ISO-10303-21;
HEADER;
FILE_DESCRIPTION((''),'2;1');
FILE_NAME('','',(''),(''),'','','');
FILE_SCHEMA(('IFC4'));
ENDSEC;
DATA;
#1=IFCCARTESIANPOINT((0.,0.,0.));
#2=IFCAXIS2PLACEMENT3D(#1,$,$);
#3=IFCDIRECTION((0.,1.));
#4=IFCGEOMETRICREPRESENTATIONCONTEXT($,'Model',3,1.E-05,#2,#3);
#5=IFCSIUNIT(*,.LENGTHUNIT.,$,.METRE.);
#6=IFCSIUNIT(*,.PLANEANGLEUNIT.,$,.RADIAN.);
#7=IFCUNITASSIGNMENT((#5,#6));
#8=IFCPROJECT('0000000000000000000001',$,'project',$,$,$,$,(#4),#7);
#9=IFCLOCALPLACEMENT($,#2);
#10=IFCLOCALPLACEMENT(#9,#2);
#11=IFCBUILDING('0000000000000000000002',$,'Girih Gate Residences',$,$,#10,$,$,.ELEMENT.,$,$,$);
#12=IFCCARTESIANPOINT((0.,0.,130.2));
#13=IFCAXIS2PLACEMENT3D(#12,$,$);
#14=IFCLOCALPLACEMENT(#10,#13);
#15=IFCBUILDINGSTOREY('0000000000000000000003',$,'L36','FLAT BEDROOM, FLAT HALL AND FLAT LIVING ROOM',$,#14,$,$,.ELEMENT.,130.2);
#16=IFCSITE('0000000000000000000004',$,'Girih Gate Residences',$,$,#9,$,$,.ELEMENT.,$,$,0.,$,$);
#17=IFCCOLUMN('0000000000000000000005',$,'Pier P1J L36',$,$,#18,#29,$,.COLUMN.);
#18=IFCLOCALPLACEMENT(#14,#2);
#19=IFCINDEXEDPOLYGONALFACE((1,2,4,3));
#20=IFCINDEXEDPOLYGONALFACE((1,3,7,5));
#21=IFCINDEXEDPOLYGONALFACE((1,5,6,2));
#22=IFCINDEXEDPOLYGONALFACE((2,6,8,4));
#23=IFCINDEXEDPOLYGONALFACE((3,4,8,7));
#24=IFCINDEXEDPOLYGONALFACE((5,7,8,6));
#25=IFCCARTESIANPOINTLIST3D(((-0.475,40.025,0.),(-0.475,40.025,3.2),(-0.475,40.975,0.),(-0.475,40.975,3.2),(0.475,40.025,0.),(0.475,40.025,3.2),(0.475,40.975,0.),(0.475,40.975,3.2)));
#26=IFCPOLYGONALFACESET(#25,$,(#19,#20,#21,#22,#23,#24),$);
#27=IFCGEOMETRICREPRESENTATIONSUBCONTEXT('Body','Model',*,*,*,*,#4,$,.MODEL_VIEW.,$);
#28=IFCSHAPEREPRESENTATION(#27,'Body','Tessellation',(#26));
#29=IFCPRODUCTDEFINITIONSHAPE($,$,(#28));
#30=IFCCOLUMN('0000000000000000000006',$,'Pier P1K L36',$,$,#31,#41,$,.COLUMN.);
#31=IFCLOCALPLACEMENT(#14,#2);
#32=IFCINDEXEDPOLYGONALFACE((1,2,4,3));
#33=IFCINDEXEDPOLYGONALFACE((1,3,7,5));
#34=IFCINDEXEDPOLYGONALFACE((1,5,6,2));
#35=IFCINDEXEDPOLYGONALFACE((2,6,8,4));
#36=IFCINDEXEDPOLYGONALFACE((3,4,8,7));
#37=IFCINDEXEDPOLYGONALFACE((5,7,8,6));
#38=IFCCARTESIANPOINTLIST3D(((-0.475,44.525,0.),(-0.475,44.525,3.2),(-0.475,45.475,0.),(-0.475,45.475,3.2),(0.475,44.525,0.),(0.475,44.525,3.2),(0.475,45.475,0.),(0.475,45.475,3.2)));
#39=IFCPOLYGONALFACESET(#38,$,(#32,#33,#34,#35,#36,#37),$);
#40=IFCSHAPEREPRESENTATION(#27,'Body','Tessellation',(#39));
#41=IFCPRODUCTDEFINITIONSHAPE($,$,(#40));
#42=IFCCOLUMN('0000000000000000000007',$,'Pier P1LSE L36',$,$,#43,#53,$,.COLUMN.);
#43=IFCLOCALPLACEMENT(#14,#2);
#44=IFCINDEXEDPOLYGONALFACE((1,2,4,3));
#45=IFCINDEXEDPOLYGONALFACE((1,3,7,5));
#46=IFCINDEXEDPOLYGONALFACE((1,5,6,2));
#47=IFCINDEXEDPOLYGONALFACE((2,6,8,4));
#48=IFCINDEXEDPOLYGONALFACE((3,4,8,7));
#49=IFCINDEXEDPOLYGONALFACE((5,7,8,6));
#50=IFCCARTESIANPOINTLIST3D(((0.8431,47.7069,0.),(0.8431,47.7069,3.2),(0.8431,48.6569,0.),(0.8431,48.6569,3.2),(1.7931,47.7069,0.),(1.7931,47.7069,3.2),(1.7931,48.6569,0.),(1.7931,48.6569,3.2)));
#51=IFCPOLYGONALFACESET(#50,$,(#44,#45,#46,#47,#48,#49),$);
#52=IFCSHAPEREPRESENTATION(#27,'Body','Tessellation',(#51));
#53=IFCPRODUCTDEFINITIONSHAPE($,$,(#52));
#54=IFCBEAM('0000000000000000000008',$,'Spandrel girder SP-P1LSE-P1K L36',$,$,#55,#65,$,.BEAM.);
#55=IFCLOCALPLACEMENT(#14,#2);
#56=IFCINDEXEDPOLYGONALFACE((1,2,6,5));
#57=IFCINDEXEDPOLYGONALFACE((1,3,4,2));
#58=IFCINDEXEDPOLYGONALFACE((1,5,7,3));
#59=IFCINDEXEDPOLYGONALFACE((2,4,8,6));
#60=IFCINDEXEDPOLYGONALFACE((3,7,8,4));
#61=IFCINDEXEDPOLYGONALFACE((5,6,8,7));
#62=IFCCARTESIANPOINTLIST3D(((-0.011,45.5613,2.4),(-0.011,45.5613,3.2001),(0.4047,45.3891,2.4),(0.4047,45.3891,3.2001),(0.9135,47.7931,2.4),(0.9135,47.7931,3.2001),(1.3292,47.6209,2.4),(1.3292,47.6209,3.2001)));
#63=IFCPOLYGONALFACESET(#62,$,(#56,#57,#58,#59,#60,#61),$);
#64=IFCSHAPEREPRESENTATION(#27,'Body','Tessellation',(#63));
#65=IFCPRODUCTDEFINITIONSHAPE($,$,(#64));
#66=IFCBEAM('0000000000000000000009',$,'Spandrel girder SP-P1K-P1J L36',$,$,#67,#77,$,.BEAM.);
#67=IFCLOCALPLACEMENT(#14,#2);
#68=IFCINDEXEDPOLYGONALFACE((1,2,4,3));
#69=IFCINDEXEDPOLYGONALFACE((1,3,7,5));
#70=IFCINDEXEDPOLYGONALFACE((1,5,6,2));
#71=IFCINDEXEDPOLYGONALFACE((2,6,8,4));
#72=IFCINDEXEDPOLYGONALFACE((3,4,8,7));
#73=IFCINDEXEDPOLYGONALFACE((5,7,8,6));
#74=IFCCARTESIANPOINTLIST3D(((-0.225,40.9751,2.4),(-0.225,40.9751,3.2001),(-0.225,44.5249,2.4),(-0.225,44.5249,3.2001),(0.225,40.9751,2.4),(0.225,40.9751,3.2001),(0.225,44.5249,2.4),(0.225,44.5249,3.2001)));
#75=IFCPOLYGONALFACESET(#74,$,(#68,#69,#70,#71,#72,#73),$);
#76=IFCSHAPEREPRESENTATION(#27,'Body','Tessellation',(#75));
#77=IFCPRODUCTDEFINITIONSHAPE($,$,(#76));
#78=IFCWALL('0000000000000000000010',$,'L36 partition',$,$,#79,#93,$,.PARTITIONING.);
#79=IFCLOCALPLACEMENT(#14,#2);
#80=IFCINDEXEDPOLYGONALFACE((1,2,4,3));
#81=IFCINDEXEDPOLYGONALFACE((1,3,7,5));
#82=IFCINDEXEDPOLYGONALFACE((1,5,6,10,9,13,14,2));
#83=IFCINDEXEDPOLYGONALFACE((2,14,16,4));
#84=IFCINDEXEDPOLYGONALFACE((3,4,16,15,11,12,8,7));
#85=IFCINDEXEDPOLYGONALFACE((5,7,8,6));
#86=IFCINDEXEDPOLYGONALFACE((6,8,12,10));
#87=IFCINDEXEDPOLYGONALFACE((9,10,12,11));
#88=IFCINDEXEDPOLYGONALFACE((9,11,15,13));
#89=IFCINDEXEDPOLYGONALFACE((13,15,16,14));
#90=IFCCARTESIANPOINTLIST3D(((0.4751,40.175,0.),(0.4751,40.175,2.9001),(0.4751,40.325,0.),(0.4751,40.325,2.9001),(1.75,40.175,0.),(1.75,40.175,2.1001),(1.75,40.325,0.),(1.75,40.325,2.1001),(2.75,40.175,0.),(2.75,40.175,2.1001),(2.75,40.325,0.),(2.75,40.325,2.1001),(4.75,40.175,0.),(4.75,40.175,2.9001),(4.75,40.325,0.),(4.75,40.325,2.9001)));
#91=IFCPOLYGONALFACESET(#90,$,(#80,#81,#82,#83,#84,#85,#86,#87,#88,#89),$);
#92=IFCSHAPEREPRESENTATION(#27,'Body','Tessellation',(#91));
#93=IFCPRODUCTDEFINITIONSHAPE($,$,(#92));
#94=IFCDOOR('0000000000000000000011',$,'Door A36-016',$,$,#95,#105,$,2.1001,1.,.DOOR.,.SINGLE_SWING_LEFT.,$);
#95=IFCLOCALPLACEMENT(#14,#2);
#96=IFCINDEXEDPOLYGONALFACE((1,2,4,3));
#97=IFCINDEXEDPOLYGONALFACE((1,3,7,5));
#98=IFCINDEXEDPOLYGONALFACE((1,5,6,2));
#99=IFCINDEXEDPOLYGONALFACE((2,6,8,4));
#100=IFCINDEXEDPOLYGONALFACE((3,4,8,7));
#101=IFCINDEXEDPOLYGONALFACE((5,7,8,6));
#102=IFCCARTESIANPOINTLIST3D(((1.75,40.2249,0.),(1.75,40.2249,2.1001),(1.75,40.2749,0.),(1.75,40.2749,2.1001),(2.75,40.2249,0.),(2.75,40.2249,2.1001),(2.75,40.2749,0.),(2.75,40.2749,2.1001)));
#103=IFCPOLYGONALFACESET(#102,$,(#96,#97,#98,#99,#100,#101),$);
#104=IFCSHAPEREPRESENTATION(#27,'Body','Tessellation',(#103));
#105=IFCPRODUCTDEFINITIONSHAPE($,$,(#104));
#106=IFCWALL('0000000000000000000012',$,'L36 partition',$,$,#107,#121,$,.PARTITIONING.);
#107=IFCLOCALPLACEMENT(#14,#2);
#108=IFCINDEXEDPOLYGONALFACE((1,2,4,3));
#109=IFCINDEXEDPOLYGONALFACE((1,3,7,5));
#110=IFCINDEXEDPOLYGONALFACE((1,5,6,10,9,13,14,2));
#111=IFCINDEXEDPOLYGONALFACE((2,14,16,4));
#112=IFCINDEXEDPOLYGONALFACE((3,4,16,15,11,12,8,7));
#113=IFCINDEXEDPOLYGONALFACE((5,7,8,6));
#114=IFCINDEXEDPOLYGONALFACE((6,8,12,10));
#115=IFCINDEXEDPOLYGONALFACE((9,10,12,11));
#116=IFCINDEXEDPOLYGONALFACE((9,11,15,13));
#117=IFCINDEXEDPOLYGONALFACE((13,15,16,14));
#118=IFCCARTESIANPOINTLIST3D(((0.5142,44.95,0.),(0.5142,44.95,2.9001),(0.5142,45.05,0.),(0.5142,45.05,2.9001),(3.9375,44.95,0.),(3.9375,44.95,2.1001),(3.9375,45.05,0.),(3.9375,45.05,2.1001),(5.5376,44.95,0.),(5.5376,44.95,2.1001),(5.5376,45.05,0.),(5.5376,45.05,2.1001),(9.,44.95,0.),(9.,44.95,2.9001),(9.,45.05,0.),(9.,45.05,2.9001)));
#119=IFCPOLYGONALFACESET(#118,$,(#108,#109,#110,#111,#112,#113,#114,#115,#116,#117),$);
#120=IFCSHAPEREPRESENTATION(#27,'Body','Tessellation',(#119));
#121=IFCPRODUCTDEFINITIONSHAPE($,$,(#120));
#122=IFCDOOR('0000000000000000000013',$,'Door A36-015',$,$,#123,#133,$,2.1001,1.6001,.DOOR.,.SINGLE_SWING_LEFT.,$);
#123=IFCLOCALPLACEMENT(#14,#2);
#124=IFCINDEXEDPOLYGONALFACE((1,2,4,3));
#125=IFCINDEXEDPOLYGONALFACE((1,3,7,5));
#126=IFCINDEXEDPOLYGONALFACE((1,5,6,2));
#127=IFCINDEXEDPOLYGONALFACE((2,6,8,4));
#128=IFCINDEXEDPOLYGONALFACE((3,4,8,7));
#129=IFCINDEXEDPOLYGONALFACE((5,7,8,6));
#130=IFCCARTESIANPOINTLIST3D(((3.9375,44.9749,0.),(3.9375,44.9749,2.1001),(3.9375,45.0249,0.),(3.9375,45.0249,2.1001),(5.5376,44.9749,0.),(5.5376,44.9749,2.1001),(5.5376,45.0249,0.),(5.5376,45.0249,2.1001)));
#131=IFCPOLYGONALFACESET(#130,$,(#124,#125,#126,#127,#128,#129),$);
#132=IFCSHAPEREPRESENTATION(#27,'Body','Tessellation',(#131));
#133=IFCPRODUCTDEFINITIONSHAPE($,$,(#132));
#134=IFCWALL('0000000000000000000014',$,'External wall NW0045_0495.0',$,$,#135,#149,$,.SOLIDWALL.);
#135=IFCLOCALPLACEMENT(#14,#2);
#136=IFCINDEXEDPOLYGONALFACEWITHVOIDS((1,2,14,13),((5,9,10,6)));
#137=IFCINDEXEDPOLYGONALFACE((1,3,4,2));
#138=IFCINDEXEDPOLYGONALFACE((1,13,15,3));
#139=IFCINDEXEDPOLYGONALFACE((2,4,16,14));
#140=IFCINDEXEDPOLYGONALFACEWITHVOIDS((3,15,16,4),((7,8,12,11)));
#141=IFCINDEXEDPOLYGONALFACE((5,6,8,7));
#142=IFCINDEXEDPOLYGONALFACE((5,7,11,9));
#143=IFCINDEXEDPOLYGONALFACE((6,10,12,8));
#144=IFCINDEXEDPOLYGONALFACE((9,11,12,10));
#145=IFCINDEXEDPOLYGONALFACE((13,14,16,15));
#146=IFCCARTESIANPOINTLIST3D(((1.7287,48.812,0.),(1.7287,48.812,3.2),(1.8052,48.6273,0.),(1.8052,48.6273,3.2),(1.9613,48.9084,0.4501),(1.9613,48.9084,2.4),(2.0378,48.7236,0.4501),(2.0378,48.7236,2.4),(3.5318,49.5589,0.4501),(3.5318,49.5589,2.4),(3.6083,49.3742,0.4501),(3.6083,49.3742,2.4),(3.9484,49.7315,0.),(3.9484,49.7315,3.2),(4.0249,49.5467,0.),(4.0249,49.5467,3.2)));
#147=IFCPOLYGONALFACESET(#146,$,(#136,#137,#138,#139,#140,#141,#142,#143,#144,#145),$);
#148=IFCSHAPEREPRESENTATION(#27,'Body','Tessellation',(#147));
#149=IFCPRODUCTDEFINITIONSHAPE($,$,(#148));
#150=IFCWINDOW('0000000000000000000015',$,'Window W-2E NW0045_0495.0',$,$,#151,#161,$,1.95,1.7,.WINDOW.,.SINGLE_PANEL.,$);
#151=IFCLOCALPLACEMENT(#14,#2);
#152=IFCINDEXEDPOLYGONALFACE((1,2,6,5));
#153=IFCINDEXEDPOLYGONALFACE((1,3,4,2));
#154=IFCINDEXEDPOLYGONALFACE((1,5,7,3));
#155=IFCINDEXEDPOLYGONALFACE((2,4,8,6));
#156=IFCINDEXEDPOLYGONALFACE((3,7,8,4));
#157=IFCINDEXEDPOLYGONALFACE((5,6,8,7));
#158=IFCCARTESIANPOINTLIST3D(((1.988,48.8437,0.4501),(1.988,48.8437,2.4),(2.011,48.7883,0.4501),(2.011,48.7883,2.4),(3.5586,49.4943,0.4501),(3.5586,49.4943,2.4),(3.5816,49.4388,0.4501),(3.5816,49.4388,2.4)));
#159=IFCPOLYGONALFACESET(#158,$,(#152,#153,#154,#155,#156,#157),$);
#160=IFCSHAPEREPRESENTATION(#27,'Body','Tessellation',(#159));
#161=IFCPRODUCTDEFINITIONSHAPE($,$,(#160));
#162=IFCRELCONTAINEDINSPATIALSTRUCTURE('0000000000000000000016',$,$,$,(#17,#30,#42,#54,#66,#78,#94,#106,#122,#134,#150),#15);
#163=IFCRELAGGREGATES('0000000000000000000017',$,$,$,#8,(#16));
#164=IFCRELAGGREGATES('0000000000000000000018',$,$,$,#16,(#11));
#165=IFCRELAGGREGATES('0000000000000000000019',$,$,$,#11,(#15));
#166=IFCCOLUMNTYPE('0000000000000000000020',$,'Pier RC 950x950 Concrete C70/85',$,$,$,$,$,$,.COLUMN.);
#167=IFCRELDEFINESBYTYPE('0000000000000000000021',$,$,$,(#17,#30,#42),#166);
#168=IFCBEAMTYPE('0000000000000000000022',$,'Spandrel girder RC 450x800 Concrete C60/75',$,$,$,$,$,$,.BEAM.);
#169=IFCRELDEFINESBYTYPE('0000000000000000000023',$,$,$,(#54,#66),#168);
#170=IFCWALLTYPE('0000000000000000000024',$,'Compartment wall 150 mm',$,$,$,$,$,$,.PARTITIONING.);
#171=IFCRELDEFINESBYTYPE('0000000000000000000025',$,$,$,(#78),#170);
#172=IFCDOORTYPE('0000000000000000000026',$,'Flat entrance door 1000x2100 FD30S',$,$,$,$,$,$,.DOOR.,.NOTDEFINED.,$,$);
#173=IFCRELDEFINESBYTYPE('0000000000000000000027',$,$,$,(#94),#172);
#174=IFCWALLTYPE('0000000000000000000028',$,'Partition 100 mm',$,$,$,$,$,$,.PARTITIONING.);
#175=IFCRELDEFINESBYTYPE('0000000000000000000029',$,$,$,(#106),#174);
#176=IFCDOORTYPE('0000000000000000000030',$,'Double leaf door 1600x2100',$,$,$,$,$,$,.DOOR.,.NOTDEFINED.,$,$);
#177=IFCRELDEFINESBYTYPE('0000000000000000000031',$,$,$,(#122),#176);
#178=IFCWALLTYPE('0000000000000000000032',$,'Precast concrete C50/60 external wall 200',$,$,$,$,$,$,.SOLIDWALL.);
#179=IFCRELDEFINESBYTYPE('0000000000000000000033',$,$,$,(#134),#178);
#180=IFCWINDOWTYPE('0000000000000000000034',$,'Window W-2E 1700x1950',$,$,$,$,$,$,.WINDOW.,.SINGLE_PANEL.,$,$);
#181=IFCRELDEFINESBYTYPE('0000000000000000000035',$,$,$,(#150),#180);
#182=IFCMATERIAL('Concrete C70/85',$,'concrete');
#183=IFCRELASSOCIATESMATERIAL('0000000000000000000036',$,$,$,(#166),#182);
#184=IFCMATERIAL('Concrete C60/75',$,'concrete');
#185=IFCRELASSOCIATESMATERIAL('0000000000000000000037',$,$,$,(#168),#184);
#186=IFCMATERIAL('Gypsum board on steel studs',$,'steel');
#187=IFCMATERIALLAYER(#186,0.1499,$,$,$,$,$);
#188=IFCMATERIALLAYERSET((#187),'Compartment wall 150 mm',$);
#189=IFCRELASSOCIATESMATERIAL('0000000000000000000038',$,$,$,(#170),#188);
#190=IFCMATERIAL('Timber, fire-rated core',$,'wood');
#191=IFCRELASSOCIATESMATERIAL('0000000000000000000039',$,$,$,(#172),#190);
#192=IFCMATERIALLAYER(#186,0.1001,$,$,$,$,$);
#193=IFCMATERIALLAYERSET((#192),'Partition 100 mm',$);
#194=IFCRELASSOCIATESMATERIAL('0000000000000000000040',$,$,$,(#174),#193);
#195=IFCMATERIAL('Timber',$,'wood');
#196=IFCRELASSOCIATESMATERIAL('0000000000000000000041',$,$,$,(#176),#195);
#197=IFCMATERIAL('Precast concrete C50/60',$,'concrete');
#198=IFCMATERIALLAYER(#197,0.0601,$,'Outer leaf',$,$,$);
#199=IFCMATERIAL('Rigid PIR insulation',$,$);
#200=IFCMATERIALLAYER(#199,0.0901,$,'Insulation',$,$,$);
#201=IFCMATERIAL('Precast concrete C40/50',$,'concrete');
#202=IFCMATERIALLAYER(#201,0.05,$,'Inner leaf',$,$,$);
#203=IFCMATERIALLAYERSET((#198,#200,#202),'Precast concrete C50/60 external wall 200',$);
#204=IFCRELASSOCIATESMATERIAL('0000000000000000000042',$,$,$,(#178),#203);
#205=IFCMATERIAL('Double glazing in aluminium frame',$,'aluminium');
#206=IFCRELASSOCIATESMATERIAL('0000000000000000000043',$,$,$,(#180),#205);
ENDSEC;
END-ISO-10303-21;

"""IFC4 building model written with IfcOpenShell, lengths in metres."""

from ifc_helpers import new_model, si_unit, direction, frame, frame_2d, origin, origin_2d, place, context, subcontext, project, spatial, rectangle, extrude, material, layer, layer_set, material_profile, profile_set, type_object, element, fill, save


model = new_model("IFC4")

# Units and contexts
model_context = context("Model", 3, precision=1e-05, world=origin(), true_north=direction((0.0, 1.0)))
body_context = subcontext(model_context, "Body", "Model", "MODEL_VIEW")
ifc_project = project(units=[si_unit("LENGTHUNIT", "METRE"), si_unit("PLANEANGLEUNIT", "RADIAN")], contexts=[model_context])

# Site, building, storey
site_placement = place(None, origin())
site = spatial("IfcSite", under=ifc_project, at=site_placement, Name="Girih Gate Residences", CompositionType="ELEMENT", RefElevation=0.0)
building_placement = place(site_placement, origin())
building = spatial("IfcBuilding", under=site, at=building_placement, Name="Girih Gate Residences", CompositionType="ELEMENT")
storey_placement = place(building_placement, frame((0.0, 0.0, 130.2)))
storey = spatial("IfcBuildingStorey", under=building, at=storey_placement, Name="L36", Description="FLAT BEDROOM, FLAT HALL AND FLAT LIVING ROOM", CompositionType="ELEMENT", Elevation=130.2)

# Columns
ifc_material_1 = material(Name="Concrete C70/85", Category="concrete")
ifc_material_profile_1 = material_profile(ifc_material_1, rectangle(XDim=0.95, YDim=0.95, at=origin_2d()))
ifc_profile_set_1 = profile_set([ifc_material_profile_1], Name="Concrete C70/85")
column_type = type_object("IfcColumnType", Name="Pier RC 950x950 Concrete C70/85", PredefinedType="COLUMN", material=ifc_profile_set_1)
for number, where, z_axis, x_axis, name in (
    (1, (0.0, 40.5, 0.0), (0.0, 0.0, 1.0), (1.0, 0.0, 0.0), "Pier P1J L36"),
    (2, (0.0, 45.0, 0.0), (0.0, 0.0, 1.0), (1.0, 0.0, 0.0), "Pier P1K L36"),
    (3, (1.3181, 48.1819, 0.0), (0.0, 0.0, 1.0), (1.0, 0.0, 0.0), "Pier P1LSE L36"),
):
    element("IfcColumn", number, at=place(storey_placement, frame(where, z_axis=z_axis, x_axis=x_axis)), inside=storey, type_object=column_type, Name=name, PredefinedType="COLUMN", context=body_context, shape_type="SweptSolid", body=[
        extrude(rectangle(XDim=0.95, YDim=0.95, at=origin_2d()), origin(), (0.0, 0.0, 1.0), 3.2),
    ])

# Beams
ifc_material_2 = material(Name="Concrete C60/75", Category="concrete")
ifc_material_profile_2 = material_profile(ifc_material_2, rectangle(XDim=0.45, YDim=0.8, at=origin_2d()))
ifc_profile_set_2 = profile_set([ifc_material_profile_2], Name="Concrete C60/75")
beam_type = type_object("IfcBeamType", Name="Spandrel girder RC 450x800 Concrete C60/75", PredefinedType="BEAM", material=ifc_profile_set_2)
beam_1_placement = place(storey_placement, frame((1.1213, 47.707, 2.8), z_axis=(-0.382706, -0.92387, 0.0), x_axis=(0.92387, -0.382706, 0.0)))
element("IfcBeam", 4, at=beam_1_placement, inside=storey, type_object=beam_type, Name="Spandrel girder SP-P1LSE-P1K L36", PredefinedType="BEAM", context=body_context, shape_type="SweptSolid", body=[
    extrude(rectangle(XDim=0.45, YDim=0.8, at=origin_2d()), origin(), (0.0, 0.0, 1.0), 2.4158),
])
beam_2_placement = place(storey_placement, frame((0.0, 44.5249, 2.8), z_axis=(0.0, -1.0, 0.0), x_axis=(1.0, 0.0, 0.0)))
element("IfcBeam", 5, at=beam_2_placement, inside=storey, type_object=beam_type, Name="Spandrel girder SP-P1K-P1J L36", PredefinedType="BEAM", context=body_context, shape_type="SweptSolid", body=[
    extrude(rectangle(XDim=0.45, YDim=0.8, at=origin_2d()), origin(), (0.0, 0.0, 1.0), 3.5498),
])

# Walls, openings, doors
ifc_material_3 = material(Name="Gypsum board on steel studs", Category="steel")
ifc_layer_1 = layer(ifc_material_3, 0.1499)
ifc_layer_set_1 = layer_set([ifc_layer_1], Name="Compartment wall 150 mm")
wall_type_1 = type_object("IfcWallType", Name="Compartment wall 150 mm", PredefinedType="PARTITIONING", material=ifc_layer_set_1)
wall_1_placement = place(storey_placement, frame((0.4751, 40.25, 0.0), z_axis=(0.0, 0.0, 1.0), x_axis=(1.0, 0.0, 0.0)))
wall_1 = element("IfcWall", 6, at=wall_1_placement, inside=storey, type_object=wall_type_1, Name="L36 partition", PredefinedType="PARTITIONING", context=body_context, shape_type="SweptSolid", body=[
    extrude(rectangle(XDim=4.2749, YDim=0.1499, at=frame_2d((2.1375, 0.0))), origin(), (0.0, 0.0, 1.0), 2.9001),
])
opening_1_placement = place(wall_1_placement, frame((1.2749, 0.0, 0.0)))
opening_1 = element("IfcOpeningElement", 7, at=opening_1_placement, cuts=wall_1, PredefinedType="OPENING", context=body_context, shape_type="SweptSolid", body=[
    extrude(rectangle(XDim=1.0, YDim=2.1001, at=frame_2d((0.5, 1.05))), frame((0.0, 0.085, 0.0), z_axis=(0.0, -1.0, 0.0), x_axis=(1.0, 0.0, 0.0)), (0.0, 0.0, 1.0), 0.1699),
])
ifc_material_4 = material(Name="Timber, fire-rated core", Category="wood")
door_type_1 = type_object("IfcDoorType", Name="Flat entrance door 1000x2100 FD30S", OperationType="NOTDEFINED", PredefinedType="DOOR", material=ifc_material_4)
door_1_placement = place(opening_1_placement, origin())
door_1 = element("IfcDoor", 8, at=door_1_placement, inside=storey, type_object=door_type_1, Name="Door A36-016", OperationType="SINGLE_SWING_LEFT", OverallHeight=2.1001, OverallWidth=1.0, PredefinedType="DOOR", context=body_context, shape_type="SweptSolid", body=[
    extrude(rectangle(XDim=1.0, YDim=2.1001, at=frame_2d((0.5, 1.05))), frame((0.0, 0.0249, 0.0), z_axis=(0.0, -1.0, 0.0), x_axis=(1.0, 0.0, 0.0)), (0.0, 0.0, 1.0), 0.05),
])
fill(opening_1, door_1)
ifc_layer_2 = layer(ifc_material_3, 0.1001)
ifc_layer_set_2 = layer_set([ifc_layer_2], Name="Partition 100 mm")
wall_type_2 = type_object("IfcWallType", Name="Partition 100 mm", PredefinedType="PARTITIONING", material=ifc_layer_set_2)
wall_2_placement = place(storey_placement, frame((0.5142, 45.0, 0.0), z_axis=(0.0, 0.0, 1.0), x_axis=(1.0, 0.0, 0.0)))
wall_2 = element("IfcWall", 9, at=wall_2_placement, inside=storey, type_object=wall_type_2, Name="L36 partition", PredefinedType="PARTITIONING", context=body_context, shape_type="SweptSolid", body=[
    extrude(rectangle(XDim=8.4858, YDim=0.1001, at=frame_2d((4.2429, 0.0))), origin(), (0.0, 0.0, 1.0), 2.9001),
])
opening_2_placement = place(wall_2_placement, frame((3.4233, 0.0, 0.0)))
opening_2 = element("IfcOpeningElement", 10, at=opening_2_placement, cuts=wall_2, PredefinedType="OPENING", context=body_context, shape_type="SweptSolid", body=[
    extrude(rectangle(XDim=1.6001, YDim=2.1001, at=frame_2d((0.8, 1.05))), frame((0.0, 0.0601, 0.0), z_axis=(0.0, -1.0, 0.0), x_axis=(1.0, 0.0, 0.0)), (0.0, 0.0, 1.0), 0.1201),
])
ifc_material_5 = material(Name="Timber", Category="wood")
door_type_2 = type_object("IfcDoorType", Name="Double leaf door 1600x2100", OperationType="NOTDEFINED", PredefinedType="DOOR", material=ifc_material_5)
door_2_placement = place(opening_2_placement, origin())
door_2 = element("IfcDoor", 11, at=door_2_placement, inside=storey, type_object=door_type_2, Name="Door A36-015", OperationType="SINGLE_SWING_LEFT", OverallHeight=2.1001, OverallWidth=1.6001, PredefinedType="DOOR", context=body_context, shape_type="SweptSolid", body=[
    extrude(rectangle(XDim=1.6001, YDim=2.1001, at=frame_2d((0.8, 1.05))), frame((0.0, 0.0249, 0.0), z_axis=(0.0, -1.0, 0.0), x_axis=(1.0, 0.0, 0.0)), (0.0, 0.0, 1.0), 0.05),
])
fill(opening_2, door_2)

# Wall, opening, window
ifc_material_6 = material(Name="Precast concrete C50/60", Category="concrete")
ifc_layer_3 = layer(ifc_material_6, 0.0601, Name="Outer leaf")
ifc_material_7 = material(Name="Rigid PIR insulation")
ifc_layer_4 = layer(ifc_material_7, 0.0901, Name="Insulation")
ifc_material_8 = material(Name="Precast concrete C40/50", Category="concrete")
ifc_layer_5 = layer(ifc_material_8, 0.05, Name="Inner leaf")
ifc_layer_set_3 = layer_set([ifc_layer_3, ifc_layer_4, ifc_layer_5], Name="Precast concrete C50/60 external wall 200")
wall_type_3 = type_object("IfcWallType", Name="Precast concrete C50/60 external wall 200", PredefinedType="SOLIDWALL", material=ifc_layer_set_3)
wall_3_placement = place(storey_placement, frame((1.7671, 48.7197, 0.0), z_axis=(0.0, 0.0, 1.0), x_axis=(0.923881, 0.382681, 0.0)))
wall_3 = element("IfcWall", 12, at=wall_3_placement, inside=storey, type_object=wall_type_3, Name="External wall NW0045_0495.0", PredefinedType="SOLIDWALL", context=body_context, shape_type="SweptSolid", body=[
    extrude(rectangle(XDim=2.4026, YDim=0.2, at=frame_2d((1.2012, 0.0))), origin(), (0.0, 0.0, 1.0), 3.2),
])
opening_3_placement = place(wall_3_placement, frame((0.2515, 0.0, 0.45)))
opening_3 = element("IfcOpeningElement", 13, at=opening_3_placement, cuts=wall_3, PredefinedType="OPENING", context=body_context, shape_type="SweptSolid", body=[
    extrude(rectangle(XDim=1.7, YDim=1.95, at=frame_2d((0.8501, 0.9751))), frame((0.0, 0.1099, 0.0), z_axis=(0.0, -1.0, 0.0), x_axis=(1.0, 0.0, 0.0)), (0.0, 0.0, 1.0), 0.22),
])
ifc_material_9 = material(Name="Double glazing in aluminium frame", Category="aluminium")
window_type_1 = type_object("IfcWindowType", Name="Window W-2E 1700x1950", PartitioningType="SINGLE_PANEL", PredefinedType="WINDOW", material=ifc_material_9)
window_1_placement = place(opening_3_placement, origin())
window_1 = element("IfcWindow", 14, at=window_1_placement, inside=storey, type_object=window_type_1, Name="Window W-2E NW0045_0495.0", OverallHeight=1.95, OverallWidth=1.7, PartitioningType="SINGLE_PANEL", PredefinedType="WINDOW", context=body_context, shape_type="SweptSolid", body=[
    extrude(rectangle(XDim=1.7, YDim=1.95, at=frame_2d((0.8501, 0.9751))), frame((0.0, 0.03, 0.0), z_axis=(0.0, -1.0, 0.0), x_axis=(1.0, 0.0, 0.0)), (0.0, 0.0, 1.0), 0.0601),
])
fill(opening_3, window_1)

save(model, "model.ifc")
